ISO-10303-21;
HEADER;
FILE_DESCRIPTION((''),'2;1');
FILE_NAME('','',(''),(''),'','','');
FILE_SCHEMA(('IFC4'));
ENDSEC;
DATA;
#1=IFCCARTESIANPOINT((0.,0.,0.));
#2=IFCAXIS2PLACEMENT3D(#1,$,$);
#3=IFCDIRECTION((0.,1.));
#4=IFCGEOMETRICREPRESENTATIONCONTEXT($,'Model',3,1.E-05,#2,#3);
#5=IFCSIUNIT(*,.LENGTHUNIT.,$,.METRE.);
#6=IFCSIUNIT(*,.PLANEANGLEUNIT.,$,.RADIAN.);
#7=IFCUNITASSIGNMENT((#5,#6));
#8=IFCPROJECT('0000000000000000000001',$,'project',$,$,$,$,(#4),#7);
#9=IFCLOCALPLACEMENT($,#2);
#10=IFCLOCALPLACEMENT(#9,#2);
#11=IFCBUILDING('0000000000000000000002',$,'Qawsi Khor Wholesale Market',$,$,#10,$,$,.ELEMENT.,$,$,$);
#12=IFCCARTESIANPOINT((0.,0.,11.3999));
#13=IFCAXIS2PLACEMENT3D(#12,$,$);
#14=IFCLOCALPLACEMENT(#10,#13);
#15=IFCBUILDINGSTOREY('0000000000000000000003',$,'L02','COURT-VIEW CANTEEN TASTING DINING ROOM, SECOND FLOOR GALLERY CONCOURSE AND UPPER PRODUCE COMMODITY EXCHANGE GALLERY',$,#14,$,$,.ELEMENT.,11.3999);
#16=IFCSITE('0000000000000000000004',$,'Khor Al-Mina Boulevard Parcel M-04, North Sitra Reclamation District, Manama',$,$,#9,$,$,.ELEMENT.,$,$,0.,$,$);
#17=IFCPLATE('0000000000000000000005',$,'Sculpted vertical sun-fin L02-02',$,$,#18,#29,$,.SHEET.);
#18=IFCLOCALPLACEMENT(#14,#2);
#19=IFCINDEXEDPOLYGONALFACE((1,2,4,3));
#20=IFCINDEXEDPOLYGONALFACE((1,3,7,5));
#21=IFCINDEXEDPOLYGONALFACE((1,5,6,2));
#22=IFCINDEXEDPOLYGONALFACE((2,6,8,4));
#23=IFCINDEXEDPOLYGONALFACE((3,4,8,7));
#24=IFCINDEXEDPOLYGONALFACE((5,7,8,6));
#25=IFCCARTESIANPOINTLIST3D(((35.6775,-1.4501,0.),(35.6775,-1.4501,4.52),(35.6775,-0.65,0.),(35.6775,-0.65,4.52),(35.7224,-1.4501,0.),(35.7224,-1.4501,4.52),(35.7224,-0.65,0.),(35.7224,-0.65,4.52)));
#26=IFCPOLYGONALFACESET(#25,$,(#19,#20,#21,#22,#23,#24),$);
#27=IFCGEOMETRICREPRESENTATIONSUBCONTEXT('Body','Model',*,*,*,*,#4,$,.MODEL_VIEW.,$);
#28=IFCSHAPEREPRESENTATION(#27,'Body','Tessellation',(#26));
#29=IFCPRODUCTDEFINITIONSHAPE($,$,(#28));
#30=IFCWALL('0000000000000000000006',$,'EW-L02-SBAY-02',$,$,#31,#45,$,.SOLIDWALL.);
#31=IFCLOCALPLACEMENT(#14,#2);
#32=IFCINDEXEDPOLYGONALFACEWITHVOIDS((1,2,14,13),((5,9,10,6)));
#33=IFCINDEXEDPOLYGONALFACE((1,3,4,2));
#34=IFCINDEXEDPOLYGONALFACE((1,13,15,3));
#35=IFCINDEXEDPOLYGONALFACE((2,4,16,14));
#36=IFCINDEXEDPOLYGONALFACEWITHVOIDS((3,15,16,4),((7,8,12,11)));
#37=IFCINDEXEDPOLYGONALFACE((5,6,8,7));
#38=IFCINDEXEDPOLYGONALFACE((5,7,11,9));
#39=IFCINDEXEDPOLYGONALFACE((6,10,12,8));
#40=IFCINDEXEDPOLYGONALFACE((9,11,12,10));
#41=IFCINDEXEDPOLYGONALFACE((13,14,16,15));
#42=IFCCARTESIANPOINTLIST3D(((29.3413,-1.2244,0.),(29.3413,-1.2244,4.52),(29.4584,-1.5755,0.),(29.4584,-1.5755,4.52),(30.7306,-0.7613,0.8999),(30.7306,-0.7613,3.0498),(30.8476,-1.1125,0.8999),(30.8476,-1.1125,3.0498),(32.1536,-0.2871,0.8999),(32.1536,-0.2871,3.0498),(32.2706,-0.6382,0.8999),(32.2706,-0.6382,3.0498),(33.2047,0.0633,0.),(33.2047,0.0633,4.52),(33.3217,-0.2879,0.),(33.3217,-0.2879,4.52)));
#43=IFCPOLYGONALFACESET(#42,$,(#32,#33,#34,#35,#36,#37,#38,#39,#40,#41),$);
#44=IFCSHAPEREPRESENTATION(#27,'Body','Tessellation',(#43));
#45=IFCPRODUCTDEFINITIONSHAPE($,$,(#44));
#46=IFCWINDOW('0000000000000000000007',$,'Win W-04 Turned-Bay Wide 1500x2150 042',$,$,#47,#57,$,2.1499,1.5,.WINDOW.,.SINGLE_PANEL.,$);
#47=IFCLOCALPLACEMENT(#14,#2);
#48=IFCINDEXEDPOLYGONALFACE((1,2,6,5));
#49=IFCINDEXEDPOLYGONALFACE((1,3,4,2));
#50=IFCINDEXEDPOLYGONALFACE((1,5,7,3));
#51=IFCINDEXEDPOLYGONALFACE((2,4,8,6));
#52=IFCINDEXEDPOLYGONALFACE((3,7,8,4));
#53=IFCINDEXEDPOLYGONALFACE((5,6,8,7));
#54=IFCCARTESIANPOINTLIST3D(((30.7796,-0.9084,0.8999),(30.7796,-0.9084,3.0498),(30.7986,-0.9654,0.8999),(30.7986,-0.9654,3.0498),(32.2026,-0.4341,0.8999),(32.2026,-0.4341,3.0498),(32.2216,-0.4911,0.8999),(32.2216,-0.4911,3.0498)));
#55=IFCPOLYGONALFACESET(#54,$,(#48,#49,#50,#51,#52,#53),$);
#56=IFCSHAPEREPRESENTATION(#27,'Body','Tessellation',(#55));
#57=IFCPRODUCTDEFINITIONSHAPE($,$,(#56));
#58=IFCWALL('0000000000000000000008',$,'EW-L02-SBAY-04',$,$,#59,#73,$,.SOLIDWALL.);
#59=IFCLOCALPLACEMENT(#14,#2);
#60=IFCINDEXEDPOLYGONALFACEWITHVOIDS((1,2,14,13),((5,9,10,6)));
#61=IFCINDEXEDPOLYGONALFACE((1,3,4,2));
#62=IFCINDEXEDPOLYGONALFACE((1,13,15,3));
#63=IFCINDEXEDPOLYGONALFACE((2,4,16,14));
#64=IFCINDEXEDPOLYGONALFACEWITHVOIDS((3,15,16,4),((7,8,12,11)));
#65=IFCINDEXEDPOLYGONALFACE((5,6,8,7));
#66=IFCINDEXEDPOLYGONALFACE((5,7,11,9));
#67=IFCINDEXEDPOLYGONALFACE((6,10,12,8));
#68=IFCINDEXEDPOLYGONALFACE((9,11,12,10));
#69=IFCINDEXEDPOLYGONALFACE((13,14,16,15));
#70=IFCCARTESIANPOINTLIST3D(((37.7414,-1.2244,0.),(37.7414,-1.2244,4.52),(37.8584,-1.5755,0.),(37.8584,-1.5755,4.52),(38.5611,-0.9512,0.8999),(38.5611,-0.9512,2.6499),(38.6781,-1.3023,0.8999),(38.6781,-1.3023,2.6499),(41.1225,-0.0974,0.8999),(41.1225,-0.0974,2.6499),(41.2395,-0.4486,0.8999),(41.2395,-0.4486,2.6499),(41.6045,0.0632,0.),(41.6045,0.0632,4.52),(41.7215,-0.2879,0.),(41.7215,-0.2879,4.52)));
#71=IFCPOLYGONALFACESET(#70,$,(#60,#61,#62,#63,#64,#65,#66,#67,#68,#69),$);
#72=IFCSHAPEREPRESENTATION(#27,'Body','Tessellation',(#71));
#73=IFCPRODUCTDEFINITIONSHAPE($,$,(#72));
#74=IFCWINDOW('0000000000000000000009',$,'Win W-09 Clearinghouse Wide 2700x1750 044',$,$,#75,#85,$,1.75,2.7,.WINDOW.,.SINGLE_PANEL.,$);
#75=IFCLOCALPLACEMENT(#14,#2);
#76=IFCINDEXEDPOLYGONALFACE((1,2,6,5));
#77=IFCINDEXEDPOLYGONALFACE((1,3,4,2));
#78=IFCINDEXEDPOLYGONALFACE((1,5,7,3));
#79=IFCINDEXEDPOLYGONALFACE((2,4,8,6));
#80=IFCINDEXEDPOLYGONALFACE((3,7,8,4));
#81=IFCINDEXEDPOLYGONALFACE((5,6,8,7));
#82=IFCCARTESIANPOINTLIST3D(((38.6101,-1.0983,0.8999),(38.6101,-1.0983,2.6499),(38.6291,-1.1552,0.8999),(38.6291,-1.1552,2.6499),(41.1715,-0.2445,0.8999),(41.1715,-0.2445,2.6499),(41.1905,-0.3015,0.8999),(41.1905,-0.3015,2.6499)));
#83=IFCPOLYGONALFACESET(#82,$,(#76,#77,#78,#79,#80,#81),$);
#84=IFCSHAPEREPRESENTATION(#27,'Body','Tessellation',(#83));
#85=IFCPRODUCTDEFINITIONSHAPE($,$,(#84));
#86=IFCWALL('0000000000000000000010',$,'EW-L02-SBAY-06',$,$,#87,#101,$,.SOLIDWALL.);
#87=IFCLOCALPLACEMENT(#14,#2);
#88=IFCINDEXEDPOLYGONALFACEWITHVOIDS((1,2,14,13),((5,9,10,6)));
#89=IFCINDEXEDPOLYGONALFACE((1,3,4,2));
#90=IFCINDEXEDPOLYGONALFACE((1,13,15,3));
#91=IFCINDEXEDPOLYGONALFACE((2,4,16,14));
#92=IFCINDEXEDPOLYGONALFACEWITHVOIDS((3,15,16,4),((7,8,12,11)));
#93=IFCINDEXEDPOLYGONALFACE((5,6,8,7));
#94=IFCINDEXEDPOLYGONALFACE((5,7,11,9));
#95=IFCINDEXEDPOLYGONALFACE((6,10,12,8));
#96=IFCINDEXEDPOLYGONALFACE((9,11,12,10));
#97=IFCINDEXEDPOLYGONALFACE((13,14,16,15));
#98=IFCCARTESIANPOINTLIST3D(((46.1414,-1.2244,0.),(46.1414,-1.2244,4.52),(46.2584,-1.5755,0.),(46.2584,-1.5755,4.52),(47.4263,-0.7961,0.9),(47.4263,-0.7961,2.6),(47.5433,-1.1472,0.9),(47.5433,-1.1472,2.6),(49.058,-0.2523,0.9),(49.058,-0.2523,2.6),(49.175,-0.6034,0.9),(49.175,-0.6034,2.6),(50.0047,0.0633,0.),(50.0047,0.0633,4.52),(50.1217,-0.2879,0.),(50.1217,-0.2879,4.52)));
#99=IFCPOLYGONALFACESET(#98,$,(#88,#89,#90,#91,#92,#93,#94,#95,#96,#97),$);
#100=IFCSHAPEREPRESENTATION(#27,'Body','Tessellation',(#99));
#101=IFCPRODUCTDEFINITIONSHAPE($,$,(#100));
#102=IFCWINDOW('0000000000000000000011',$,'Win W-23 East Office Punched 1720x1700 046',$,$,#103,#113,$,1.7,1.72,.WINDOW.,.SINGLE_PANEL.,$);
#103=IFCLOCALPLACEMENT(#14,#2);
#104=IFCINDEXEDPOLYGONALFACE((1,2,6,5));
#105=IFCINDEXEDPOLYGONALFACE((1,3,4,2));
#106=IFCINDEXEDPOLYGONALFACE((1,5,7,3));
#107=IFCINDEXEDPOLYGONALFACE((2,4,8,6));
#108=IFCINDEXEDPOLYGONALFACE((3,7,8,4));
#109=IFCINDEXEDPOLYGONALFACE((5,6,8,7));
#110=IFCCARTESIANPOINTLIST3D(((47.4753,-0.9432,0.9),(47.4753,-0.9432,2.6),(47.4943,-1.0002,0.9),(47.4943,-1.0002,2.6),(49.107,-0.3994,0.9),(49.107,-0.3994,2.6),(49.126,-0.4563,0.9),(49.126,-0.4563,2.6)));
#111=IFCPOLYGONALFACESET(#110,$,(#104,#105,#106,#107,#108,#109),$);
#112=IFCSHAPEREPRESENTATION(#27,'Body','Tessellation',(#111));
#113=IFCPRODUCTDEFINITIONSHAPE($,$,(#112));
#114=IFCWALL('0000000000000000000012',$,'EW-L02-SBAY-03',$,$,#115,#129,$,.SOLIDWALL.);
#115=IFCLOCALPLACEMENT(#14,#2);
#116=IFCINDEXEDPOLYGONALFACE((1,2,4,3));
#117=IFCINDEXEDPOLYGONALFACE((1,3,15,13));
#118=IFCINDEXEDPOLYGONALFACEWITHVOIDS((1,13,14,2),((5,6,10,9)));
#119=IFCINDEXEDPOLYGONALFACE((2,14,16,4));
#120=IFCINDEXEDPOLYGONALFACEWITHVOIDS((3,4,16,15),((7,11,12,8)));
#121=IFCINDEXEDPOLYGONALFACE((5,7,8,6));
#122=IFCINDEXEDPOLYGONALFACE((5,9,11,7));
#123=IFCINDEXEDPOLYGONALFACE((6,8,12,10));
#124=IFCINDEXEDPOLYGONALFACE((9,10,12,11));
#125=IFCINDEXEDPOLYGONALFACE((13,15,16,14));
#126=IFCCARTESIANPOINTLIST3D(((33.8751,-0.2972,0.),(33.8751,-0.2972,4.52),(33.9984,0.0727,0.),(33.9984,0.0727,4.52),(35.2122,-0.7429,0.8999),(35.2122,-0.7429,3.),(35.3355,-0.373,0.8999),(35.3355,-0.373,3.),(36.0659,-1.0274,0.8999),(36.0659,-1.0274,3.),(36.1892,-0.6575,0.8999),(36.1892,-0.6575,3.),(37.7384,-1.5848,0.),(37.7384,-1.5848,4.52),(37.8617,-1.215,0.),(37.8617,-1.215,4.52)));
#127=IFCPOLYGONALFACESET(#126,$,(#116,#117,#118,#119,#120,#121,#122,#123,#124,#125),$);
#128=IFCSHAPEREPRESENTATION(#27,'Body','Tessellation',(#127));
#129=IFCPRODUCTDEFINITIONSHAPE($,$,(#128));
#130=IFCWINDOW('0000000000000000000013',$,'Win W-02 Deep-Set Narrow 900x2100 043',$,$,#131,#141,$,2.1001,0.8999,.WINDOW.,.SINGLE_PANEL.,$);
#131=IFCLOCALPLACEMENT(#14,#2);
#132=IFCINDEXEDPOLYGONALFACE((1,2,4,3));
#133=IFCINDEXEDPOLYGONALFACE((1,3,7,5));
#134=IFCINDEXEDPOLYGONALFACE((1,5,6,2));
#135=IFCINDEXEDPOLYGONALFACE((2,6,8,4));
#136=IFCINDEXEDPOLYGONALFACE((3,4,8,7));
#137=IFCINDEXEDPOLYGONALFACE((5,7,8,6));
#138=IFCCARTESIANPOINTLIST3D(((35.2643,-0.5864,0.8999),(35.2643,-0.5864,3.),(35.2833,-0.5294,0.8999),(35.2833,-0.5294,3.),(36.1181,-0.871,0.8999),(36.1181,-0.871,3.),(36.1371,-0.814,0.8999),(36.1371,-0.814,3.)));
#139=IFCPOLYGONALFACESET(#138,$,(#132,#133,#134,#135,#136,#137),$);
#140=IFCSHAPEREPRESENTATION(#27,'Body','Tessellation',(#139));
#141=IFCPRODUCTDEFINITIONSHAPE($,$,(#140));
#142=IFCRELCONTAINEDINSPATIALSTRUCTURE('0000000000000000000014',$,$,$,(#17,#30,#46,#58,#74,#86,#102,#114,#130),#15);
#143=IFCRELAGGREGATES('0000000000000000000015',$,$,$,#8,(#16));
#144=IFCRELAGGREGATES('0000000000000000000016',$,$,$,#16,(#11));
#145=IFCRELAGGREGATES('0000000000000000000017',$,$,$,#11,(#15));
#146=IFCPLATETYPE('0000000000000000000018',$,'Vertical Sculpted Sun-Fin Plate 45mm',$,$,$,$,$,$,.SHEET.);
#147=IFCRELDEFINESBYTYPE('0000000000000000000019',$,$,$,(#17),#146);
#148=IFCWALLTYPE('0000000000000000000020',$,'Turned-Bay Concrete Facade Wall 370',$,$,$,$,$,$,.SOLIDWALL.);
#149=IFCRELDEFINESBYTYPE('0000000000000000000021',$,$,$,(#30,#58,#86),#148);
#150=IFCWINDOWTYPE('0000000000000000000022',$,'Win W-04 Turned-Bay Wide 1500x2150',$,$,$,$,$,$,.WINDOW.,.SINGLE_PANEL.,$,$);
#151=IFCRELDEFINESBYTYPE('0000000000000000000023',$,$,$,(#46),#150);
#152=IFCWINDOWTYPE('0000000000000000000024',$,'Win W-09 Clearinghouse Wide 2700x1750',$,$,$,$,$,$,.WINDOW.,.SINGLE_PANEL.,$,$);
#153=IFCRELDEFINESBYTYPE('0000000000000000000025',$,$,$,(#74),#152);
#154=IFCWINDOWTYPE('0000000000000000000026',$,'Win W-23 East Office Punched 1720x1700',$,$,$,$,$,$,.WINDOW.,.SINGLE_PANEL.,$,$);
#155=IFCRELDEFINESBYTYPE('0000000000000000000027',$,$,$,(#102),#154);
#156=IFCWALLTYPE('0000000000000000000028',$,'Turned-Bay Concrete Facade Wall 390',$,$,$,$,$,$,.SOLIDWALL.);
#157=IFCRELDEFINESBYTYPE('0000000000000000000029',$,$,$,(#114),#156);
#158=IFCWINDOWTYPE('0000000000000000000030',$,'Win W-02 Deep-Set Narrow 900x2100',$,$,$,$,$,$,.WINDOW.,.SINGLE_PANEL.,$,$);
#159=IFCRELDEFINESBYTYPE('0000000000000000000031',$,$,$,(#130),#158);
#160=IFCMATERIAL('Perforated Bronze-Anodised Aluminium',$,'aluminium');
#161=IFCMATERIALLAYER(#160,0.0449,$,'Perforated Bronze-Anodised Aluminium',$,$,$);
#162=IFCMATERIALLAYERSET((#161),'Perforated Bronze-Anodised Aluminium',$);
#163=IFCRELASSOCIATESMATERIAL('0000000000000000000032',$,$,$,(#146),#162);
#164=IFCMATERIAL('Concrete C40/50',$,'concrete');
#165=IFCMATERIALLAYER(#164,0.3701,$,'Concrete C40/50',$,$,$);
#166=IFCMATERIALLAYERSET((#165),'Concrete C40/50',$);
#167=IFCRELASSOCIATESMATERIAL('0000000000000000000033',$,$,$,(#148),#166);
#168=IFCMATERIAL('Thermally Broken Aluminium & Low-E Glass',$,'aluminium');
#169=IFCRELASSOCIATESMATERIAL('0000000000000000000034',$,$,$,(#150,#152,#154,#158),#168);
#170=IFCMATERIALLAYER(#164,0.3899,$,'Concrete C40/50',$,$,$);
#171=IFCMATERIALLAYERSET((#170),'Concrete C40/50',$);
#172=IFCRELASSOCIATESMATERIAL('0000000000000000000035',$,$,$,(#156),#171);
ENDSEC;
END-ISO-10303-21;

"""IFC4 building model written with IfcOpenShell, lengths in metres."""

from ifc_helpers import new_model, si_unit, direction, frame, frame_2d, origin, place, context, subcontext, project, spatial, rectangle, extrude, material, layer, layer_set, type_object, element, fill, save


model = new_model("IFC4")

# Units and contexts
model_context = context("Model", 3, precision=1e-05, world=origin(), true_north=direction((0.0, 1.0)))
body_context = subcontext(model_context, "Body", "Model", "MODEL_VIEW")
ifc_project = project(units=[si_unit("LENGTHUNIT", "METRE"), si_unit("PLANEANGLEUNIT", "RADIAN")], contexts=[model_context])

# Site, building, storey
site_placement = place(None, origin())
site = spatial("IfcSite", under=ifc_project, at=site_placement, Name="Khor Al-Mina Boulevard Parcel M-04, North Sitra Reclamation District, Manama", CompositionType="ELEMENT", RefElevation=0.0)
building_placement = place(site_placement, origin())
building = spatial("IfcBuilding", under=site, at=building_placement, Name="Qawsi Khor Wholesale Market", CompositionType="ELEMENT")
storey_placement = place(building_placement, frame((0.0, 0.0, 11.3999)))
storey = spatial("IfcBuildingStorey", under=building, at=storey_placement, Name="L02", Description="COURT-VIEW CANTEEN TASTING DINING ROOM, SECOND FLOOR GALLERY CONCOURSE AND UPPER PRODUCE COMMODITY EXCHANGE GALLERY", CompositionType="ELEMENT", Elevation=11.3999)

# Shared definitions
ifc_material_1 = material(Name="Concrete C40/50", Category="concrete")

# Plate
ifc_material_2 = material(Name="Perforated Bronze-Anodised Aluminium", Category="aluminium")
ifc_layer_1 = layer(ifc_material_2, 0.0449, Name="Perforated Bronze-Anodised Aluminium")
ifc_layer_set_1 = layer_set([ifc_layer_1], Name="Perforated Bronze-Anodised Aluminium")
plate_type_1 = type_object("IfcPlateType", Name="Vertical Sculpted Sun-Fin Plate 45mm", PredefinedType="SHEET", material=ifc_layer_set_1)
plate_1_placement = place(storey_placement, frame((35.7, -1.45, 0.0), z_axis=(0.0, 0.0, 1.0), x_axis=(0.0, 1.0, 0.0)))
element("IfcPlate", 1, at=plate_1_placement, inside=storey, type_object=plate_type_1, Name="Sculpted vertical sun-fin L02-02", PredefinedType="SHEET", context=body_context, shape_type="SweptSolid", body=[
    extrude(rectangle(XDim=0.8, YDim=0.0449, at=frame_2d((0.3999, 0.0))), origin(), (0.0, 0.0, 1.0), 4.52),
])

# Walls, openings, windows
ifc_layer_2 = layer(ifc_material_1, 0.3701, Name="Concrete C40/50")
ifc_layer_set_2 = layer_set([ifc_layer_2], Name="Concrete C40/50")
wall_type_1 = type_object("IfcWallType", Name="Turned-Bay Concrete Facade Wall 370", PredefinedType="SOLIDWALL", material=ifc_layer_set_2)
wall_1_placement = place(storey_placement, frame((33.2632, -0.1123, 0.0), z_axis=(0.0, 0.0, 1.0), x_axis=(-0.948695, -0.316192, 0.0)))
wall_1 = element("IfcWall", 2, at=wall_1_placement, inside=storey, type_object=wall_type_1, Name="EW-L02-SBAY-02", PredefinedType="SOLIDWALL", context=body_context, shape_type="SweptSolid", body=[
    extrude(rectangle(XDim=4.0723, YDim=0.3701, at=frame_2d((2.0361, 0.0))), origin(), (0.0, 0.0, 1.0), 4.52),
])
opening_1_placement = place(wall_1_placement, frame((1.1079, 0.0, 0.8999)))
opening_1 = element("IfcOpeningElement", 3, at=opening_1_placement, cuts=wall_1, PredefinedType="OPENING", context=body_context, shape_type="SweptSolid", body=[
    extrude(rectangle(XDim=1.5, YDim=2.1499, at=frame_2d((0.75, 1.075))), frame((0.0, 0.1951, 0.0), z_axis=(0.0, -1.0, 0.0), x_axis=(1.0, 0.0, 0.0)), (0.0, 0.0, 1.0), 0.3901),
])
ifc_material_3 = material(Name="Thermally Broken Aluminium & Low-E Glass", Category="aluminium")
window_type_1 = type_object("IfcWindowType", Name="Win W-04 Turned-Bay Wide 1500x2150", PartitioningType="SINGLE_PANEL", PredefinedType="WINDOW", material=ifc_material_3)
window_1_placement = place(opening_1_placement, origin())
window_1 = element("IfcWindow", 4, at=window_1_placement, inside=storey, type_object=window_type_1, Name="Win W-04 Turned-Bay Wide 1500x2150 042", OverallHeight=2.1499, OverallWidth=1.5, PartitioningType="SINGLE_PANEL", PredefinedType="WINDOW", context=body_context, shape_type="SweptSolid", body=[
    extrude(rectangle(XDim=1.5, YDim=2.1499, at=frame_2d((0.75, 1.075))), frame((0.0, 0.03, 0.0), z_axis=(0.0, -1.0, 0.0), x_axis=(1.0, 0.0, 0.0)), (0.0, 0.0, 1.0), 0.0601),
])
fill(opening_1, window_1)
wall_2_placement = place(storey_placement, frame((41.6631, -0.1123, 0.0), z_axis=(0.0, 0.0, 1.0), x_axis=(-0.948689, -0.31621, 0.0)))
wall_2 = element("IfcWall", 5, at=wall_2_placement, inside=storey, type_object=wall_type_1, Name="EW-L02-SBAY-04", PredefinedType="SOLIDWALL", context=body_context, shape_type="SweptSolid", body=[
    extrude(rectangle(XDim=4.072, YDim=0.3701, at=frame_2d((2.0361, 0.0))), origin(), (0.0, 0.0, 1.0), 4.52),
])
opening_2_placement = place(wall_2_placement, frame((0.5081, 0.0, 0.8999)))
opening_2 = element("IfcOpeningElement", 6, at=opening_2_placement, cuts=wall_2, PredefinedType="OPENING", context=body_context, shape_type="SweptSolid", body=[
    extrude(rectangle(XDim=2.7, YDim=1.75, at=frame_2d((1.3501, 0.875))), frame((0.0, 0.1951, 0.0), z_axis=(0.0, -1.0, 0.0), x_axis=(1.0, 0.0, 0.0)), (0.0, 0.0, 1.0), 0.3901),
])
window_type_2 = type_object("IfcWindowType", Name="Win W-09 Clearinghouse Wide 2700x1750", PartitioningType="SINGLE_PANEL", PredefinedType="WINDOW", material=ifc_material_3)
window_2_placement = place(opening_2_placement, origin())
window_2 = element("IfcWindow", 7, at=window_2_placement, inside=storey, type_object=window_type_2, Name="Win W-09 Clearinghouse Wide 2700x1750 044", OverallHeight=1.75, OverallWidth=2.7, PartitioningType="SINGLE_PANEL", PredefinedType="WINDOW", context=body_context, shape_type="SweptSolid", body=[
    extrude(rectangle(XDim=2.7, YDim=1.75, at=frame_2d((1.3501, 0.875))), frame((0.0, 0.03, 0.0), z_axis=(0.0, -1.0, 0.0), x_axis=(1.0, 0.0, 0.0)), (0.0, 0.0, 1.0), 0.0601),
])
fill(opening_2, window_2)
wall_3_placement = place(storey_placement, frame((50.0632, -0.1123, 0.0), z_axis=(0.0, 0.0, 1.0), x_axis=(-0.948695, -0.316192, 0.0)))
wall_3 = element("IfcWall", 8, at=wall_3_placement, inside=storey, type_object=wall_type_1, Name="EW-L02-SBAY-06", PredefinedType="SOLIDWALL", context=body_context, shape_type="SweptSolid", body=[
    extrude(rectangle(XDim=4.0723, YDim=0.3701, at=frame_2d((2.0361, 0.0))), origin(), (0.0, 0.0, 1.0), 4.52),
])
opening_3_placement = place(wall_3_placement, frame((0.998, 0.0, 0.8999)))
opening_3 = element("IfcOpeningElement", 9, at=opening_3_placement, cuts=wall_3, PredefinedType="OPENING", context=body_context, shape_type="SweptSolid", body=[
    extrude(rectangle(XDim=1.72, YDim=1.7, at=frame_2d((0.8599, 0.8501))), frame((0.0, 0.1951, 0.0), z_axis=(0.0, -1.0, 0.0), x_axis=(1.0, 0.0, 0.0)), (0.0, 0.0, 1.0), 0.3901),
])
window_type_3 = type_object("IfcWindowType", Name="Win W-23 East Office Punched 1720x1700", PartitioningType="SINGLE_PANEL", PredefinedType="WINDOW", material=ifc_material_3)
window_3_placement = place(opening_3_placement, origin())
window_3 = element("IfcWindow", 10, at=window_3_placement, inside=storey, type_object=window_type_3, Name="Win W-23 East Office Punched 1720x1700 046", OverallHeight=1.7, OverallWidth=1.72, PartitioningType="SINGLE_PANEL", PredefinedType="WINDOW", context=body_context, shape_type="SweptSolid", body=[
    extrude(rectangle(XDim=1.72, YDim=1.7, at=frame_2d((0.8599, 0.8501))), frame((0.0, 0.03, 0.0), z_axis=(0.0, -1.0, 0.0), x_axis=(1.0, 0.0, 0.0)), (0.0, 0.0, 1.0), 0.0601),
])
fill(opening_3, window_3)
ifc_layer_3 = layer(ifc_material_1, 0.3899, Name="Concrete C40/50")
ifc_layer_set_3 = layer_set([ifc_layer_3], Name="Concrete C40/50")
wall_type_2 = type_object("IfcWallType", Name="Turned-Bay Concrete Facade Wall 390", PredefinedType="SOLIDWALL", material=ifc_layer_set_3)
wall_4_placement = place(storey_placement, frame((37.8, -1.3999, 0.0), z_axis=(0.0, 0.0, 1.0), x_axis=(-0.948695, 0.316192, 0.0)))
wall_4 = element("IfcWall", 11, at=wall_4_placement, inside=storey, type_object=wall_type_2, Name="EW-L02-SBAY-03", PredefinedType="SOLIDWALL", context=body_context, shape_type="SweptSolid", body=[
    extrude(rectangle(XDim=4.0723, YDim=0.3899, at=frame_2d((2.0361, 0.0))), origin(), (0.0, 0.0, 1.0), 4.52),
])
opening_4_placement = place(wall_4_placement, frame((1.7629, 0.0, 0.8999)))
opening_4 = element("IfcOpeningElement", 12, at=opening_4_placement, cuts=wall_4, PredefinedType="OPENING", context=body_context, shape_type="SweptSolid", body=[
    extrude(rectangle(XDim=0.8999, YDim=2.1001, at=frame_2d((0.45, 1.05))), frame((0.0, 0.2048, 0.0), z_axis=(0.0, -1.0, 0.0), x_axis=(1.0, 0.0, 0.0)), (0.0, 0.0, 1.0), 0.4099),
])
window_type_4 = type_object("IfcWindowType", Name="Win W-02 Deep-Set Narrow 900x2100", PartitioningType="SINGLE_PANEL", PredefinedType="WINDOW", material=ifc_material_3)
window_4_placement = place(opening_4_placement, origin())
window_4 = element("IfcWindow", 13, at=window_4_placement, inside=storey, type_object=window_type_4, Name="Win W-02 Deep-Set Narrow 900x2100 043", OverallHeight=2.1001, OverallWidth=0.8999, PartitioningType="SINGLE_PANEL", PredefinedType="WINDOW", context=body_context, shape_type="SweptSolid", body=[
    extrude(rectangle(XDim=0.8999, YDim=2.1001, at=frame_2d((0.45, 1.05))), frame((0.0, 0.03, 0.0), z_axis=(0.0, -1.0, 0.0), x_axis=(1.0, 0.0, 0.0)), (0.0, 0.0, 1.0), 0.0601),
])
fill(opening_4, window_4)

save(model, "model.ifc")
